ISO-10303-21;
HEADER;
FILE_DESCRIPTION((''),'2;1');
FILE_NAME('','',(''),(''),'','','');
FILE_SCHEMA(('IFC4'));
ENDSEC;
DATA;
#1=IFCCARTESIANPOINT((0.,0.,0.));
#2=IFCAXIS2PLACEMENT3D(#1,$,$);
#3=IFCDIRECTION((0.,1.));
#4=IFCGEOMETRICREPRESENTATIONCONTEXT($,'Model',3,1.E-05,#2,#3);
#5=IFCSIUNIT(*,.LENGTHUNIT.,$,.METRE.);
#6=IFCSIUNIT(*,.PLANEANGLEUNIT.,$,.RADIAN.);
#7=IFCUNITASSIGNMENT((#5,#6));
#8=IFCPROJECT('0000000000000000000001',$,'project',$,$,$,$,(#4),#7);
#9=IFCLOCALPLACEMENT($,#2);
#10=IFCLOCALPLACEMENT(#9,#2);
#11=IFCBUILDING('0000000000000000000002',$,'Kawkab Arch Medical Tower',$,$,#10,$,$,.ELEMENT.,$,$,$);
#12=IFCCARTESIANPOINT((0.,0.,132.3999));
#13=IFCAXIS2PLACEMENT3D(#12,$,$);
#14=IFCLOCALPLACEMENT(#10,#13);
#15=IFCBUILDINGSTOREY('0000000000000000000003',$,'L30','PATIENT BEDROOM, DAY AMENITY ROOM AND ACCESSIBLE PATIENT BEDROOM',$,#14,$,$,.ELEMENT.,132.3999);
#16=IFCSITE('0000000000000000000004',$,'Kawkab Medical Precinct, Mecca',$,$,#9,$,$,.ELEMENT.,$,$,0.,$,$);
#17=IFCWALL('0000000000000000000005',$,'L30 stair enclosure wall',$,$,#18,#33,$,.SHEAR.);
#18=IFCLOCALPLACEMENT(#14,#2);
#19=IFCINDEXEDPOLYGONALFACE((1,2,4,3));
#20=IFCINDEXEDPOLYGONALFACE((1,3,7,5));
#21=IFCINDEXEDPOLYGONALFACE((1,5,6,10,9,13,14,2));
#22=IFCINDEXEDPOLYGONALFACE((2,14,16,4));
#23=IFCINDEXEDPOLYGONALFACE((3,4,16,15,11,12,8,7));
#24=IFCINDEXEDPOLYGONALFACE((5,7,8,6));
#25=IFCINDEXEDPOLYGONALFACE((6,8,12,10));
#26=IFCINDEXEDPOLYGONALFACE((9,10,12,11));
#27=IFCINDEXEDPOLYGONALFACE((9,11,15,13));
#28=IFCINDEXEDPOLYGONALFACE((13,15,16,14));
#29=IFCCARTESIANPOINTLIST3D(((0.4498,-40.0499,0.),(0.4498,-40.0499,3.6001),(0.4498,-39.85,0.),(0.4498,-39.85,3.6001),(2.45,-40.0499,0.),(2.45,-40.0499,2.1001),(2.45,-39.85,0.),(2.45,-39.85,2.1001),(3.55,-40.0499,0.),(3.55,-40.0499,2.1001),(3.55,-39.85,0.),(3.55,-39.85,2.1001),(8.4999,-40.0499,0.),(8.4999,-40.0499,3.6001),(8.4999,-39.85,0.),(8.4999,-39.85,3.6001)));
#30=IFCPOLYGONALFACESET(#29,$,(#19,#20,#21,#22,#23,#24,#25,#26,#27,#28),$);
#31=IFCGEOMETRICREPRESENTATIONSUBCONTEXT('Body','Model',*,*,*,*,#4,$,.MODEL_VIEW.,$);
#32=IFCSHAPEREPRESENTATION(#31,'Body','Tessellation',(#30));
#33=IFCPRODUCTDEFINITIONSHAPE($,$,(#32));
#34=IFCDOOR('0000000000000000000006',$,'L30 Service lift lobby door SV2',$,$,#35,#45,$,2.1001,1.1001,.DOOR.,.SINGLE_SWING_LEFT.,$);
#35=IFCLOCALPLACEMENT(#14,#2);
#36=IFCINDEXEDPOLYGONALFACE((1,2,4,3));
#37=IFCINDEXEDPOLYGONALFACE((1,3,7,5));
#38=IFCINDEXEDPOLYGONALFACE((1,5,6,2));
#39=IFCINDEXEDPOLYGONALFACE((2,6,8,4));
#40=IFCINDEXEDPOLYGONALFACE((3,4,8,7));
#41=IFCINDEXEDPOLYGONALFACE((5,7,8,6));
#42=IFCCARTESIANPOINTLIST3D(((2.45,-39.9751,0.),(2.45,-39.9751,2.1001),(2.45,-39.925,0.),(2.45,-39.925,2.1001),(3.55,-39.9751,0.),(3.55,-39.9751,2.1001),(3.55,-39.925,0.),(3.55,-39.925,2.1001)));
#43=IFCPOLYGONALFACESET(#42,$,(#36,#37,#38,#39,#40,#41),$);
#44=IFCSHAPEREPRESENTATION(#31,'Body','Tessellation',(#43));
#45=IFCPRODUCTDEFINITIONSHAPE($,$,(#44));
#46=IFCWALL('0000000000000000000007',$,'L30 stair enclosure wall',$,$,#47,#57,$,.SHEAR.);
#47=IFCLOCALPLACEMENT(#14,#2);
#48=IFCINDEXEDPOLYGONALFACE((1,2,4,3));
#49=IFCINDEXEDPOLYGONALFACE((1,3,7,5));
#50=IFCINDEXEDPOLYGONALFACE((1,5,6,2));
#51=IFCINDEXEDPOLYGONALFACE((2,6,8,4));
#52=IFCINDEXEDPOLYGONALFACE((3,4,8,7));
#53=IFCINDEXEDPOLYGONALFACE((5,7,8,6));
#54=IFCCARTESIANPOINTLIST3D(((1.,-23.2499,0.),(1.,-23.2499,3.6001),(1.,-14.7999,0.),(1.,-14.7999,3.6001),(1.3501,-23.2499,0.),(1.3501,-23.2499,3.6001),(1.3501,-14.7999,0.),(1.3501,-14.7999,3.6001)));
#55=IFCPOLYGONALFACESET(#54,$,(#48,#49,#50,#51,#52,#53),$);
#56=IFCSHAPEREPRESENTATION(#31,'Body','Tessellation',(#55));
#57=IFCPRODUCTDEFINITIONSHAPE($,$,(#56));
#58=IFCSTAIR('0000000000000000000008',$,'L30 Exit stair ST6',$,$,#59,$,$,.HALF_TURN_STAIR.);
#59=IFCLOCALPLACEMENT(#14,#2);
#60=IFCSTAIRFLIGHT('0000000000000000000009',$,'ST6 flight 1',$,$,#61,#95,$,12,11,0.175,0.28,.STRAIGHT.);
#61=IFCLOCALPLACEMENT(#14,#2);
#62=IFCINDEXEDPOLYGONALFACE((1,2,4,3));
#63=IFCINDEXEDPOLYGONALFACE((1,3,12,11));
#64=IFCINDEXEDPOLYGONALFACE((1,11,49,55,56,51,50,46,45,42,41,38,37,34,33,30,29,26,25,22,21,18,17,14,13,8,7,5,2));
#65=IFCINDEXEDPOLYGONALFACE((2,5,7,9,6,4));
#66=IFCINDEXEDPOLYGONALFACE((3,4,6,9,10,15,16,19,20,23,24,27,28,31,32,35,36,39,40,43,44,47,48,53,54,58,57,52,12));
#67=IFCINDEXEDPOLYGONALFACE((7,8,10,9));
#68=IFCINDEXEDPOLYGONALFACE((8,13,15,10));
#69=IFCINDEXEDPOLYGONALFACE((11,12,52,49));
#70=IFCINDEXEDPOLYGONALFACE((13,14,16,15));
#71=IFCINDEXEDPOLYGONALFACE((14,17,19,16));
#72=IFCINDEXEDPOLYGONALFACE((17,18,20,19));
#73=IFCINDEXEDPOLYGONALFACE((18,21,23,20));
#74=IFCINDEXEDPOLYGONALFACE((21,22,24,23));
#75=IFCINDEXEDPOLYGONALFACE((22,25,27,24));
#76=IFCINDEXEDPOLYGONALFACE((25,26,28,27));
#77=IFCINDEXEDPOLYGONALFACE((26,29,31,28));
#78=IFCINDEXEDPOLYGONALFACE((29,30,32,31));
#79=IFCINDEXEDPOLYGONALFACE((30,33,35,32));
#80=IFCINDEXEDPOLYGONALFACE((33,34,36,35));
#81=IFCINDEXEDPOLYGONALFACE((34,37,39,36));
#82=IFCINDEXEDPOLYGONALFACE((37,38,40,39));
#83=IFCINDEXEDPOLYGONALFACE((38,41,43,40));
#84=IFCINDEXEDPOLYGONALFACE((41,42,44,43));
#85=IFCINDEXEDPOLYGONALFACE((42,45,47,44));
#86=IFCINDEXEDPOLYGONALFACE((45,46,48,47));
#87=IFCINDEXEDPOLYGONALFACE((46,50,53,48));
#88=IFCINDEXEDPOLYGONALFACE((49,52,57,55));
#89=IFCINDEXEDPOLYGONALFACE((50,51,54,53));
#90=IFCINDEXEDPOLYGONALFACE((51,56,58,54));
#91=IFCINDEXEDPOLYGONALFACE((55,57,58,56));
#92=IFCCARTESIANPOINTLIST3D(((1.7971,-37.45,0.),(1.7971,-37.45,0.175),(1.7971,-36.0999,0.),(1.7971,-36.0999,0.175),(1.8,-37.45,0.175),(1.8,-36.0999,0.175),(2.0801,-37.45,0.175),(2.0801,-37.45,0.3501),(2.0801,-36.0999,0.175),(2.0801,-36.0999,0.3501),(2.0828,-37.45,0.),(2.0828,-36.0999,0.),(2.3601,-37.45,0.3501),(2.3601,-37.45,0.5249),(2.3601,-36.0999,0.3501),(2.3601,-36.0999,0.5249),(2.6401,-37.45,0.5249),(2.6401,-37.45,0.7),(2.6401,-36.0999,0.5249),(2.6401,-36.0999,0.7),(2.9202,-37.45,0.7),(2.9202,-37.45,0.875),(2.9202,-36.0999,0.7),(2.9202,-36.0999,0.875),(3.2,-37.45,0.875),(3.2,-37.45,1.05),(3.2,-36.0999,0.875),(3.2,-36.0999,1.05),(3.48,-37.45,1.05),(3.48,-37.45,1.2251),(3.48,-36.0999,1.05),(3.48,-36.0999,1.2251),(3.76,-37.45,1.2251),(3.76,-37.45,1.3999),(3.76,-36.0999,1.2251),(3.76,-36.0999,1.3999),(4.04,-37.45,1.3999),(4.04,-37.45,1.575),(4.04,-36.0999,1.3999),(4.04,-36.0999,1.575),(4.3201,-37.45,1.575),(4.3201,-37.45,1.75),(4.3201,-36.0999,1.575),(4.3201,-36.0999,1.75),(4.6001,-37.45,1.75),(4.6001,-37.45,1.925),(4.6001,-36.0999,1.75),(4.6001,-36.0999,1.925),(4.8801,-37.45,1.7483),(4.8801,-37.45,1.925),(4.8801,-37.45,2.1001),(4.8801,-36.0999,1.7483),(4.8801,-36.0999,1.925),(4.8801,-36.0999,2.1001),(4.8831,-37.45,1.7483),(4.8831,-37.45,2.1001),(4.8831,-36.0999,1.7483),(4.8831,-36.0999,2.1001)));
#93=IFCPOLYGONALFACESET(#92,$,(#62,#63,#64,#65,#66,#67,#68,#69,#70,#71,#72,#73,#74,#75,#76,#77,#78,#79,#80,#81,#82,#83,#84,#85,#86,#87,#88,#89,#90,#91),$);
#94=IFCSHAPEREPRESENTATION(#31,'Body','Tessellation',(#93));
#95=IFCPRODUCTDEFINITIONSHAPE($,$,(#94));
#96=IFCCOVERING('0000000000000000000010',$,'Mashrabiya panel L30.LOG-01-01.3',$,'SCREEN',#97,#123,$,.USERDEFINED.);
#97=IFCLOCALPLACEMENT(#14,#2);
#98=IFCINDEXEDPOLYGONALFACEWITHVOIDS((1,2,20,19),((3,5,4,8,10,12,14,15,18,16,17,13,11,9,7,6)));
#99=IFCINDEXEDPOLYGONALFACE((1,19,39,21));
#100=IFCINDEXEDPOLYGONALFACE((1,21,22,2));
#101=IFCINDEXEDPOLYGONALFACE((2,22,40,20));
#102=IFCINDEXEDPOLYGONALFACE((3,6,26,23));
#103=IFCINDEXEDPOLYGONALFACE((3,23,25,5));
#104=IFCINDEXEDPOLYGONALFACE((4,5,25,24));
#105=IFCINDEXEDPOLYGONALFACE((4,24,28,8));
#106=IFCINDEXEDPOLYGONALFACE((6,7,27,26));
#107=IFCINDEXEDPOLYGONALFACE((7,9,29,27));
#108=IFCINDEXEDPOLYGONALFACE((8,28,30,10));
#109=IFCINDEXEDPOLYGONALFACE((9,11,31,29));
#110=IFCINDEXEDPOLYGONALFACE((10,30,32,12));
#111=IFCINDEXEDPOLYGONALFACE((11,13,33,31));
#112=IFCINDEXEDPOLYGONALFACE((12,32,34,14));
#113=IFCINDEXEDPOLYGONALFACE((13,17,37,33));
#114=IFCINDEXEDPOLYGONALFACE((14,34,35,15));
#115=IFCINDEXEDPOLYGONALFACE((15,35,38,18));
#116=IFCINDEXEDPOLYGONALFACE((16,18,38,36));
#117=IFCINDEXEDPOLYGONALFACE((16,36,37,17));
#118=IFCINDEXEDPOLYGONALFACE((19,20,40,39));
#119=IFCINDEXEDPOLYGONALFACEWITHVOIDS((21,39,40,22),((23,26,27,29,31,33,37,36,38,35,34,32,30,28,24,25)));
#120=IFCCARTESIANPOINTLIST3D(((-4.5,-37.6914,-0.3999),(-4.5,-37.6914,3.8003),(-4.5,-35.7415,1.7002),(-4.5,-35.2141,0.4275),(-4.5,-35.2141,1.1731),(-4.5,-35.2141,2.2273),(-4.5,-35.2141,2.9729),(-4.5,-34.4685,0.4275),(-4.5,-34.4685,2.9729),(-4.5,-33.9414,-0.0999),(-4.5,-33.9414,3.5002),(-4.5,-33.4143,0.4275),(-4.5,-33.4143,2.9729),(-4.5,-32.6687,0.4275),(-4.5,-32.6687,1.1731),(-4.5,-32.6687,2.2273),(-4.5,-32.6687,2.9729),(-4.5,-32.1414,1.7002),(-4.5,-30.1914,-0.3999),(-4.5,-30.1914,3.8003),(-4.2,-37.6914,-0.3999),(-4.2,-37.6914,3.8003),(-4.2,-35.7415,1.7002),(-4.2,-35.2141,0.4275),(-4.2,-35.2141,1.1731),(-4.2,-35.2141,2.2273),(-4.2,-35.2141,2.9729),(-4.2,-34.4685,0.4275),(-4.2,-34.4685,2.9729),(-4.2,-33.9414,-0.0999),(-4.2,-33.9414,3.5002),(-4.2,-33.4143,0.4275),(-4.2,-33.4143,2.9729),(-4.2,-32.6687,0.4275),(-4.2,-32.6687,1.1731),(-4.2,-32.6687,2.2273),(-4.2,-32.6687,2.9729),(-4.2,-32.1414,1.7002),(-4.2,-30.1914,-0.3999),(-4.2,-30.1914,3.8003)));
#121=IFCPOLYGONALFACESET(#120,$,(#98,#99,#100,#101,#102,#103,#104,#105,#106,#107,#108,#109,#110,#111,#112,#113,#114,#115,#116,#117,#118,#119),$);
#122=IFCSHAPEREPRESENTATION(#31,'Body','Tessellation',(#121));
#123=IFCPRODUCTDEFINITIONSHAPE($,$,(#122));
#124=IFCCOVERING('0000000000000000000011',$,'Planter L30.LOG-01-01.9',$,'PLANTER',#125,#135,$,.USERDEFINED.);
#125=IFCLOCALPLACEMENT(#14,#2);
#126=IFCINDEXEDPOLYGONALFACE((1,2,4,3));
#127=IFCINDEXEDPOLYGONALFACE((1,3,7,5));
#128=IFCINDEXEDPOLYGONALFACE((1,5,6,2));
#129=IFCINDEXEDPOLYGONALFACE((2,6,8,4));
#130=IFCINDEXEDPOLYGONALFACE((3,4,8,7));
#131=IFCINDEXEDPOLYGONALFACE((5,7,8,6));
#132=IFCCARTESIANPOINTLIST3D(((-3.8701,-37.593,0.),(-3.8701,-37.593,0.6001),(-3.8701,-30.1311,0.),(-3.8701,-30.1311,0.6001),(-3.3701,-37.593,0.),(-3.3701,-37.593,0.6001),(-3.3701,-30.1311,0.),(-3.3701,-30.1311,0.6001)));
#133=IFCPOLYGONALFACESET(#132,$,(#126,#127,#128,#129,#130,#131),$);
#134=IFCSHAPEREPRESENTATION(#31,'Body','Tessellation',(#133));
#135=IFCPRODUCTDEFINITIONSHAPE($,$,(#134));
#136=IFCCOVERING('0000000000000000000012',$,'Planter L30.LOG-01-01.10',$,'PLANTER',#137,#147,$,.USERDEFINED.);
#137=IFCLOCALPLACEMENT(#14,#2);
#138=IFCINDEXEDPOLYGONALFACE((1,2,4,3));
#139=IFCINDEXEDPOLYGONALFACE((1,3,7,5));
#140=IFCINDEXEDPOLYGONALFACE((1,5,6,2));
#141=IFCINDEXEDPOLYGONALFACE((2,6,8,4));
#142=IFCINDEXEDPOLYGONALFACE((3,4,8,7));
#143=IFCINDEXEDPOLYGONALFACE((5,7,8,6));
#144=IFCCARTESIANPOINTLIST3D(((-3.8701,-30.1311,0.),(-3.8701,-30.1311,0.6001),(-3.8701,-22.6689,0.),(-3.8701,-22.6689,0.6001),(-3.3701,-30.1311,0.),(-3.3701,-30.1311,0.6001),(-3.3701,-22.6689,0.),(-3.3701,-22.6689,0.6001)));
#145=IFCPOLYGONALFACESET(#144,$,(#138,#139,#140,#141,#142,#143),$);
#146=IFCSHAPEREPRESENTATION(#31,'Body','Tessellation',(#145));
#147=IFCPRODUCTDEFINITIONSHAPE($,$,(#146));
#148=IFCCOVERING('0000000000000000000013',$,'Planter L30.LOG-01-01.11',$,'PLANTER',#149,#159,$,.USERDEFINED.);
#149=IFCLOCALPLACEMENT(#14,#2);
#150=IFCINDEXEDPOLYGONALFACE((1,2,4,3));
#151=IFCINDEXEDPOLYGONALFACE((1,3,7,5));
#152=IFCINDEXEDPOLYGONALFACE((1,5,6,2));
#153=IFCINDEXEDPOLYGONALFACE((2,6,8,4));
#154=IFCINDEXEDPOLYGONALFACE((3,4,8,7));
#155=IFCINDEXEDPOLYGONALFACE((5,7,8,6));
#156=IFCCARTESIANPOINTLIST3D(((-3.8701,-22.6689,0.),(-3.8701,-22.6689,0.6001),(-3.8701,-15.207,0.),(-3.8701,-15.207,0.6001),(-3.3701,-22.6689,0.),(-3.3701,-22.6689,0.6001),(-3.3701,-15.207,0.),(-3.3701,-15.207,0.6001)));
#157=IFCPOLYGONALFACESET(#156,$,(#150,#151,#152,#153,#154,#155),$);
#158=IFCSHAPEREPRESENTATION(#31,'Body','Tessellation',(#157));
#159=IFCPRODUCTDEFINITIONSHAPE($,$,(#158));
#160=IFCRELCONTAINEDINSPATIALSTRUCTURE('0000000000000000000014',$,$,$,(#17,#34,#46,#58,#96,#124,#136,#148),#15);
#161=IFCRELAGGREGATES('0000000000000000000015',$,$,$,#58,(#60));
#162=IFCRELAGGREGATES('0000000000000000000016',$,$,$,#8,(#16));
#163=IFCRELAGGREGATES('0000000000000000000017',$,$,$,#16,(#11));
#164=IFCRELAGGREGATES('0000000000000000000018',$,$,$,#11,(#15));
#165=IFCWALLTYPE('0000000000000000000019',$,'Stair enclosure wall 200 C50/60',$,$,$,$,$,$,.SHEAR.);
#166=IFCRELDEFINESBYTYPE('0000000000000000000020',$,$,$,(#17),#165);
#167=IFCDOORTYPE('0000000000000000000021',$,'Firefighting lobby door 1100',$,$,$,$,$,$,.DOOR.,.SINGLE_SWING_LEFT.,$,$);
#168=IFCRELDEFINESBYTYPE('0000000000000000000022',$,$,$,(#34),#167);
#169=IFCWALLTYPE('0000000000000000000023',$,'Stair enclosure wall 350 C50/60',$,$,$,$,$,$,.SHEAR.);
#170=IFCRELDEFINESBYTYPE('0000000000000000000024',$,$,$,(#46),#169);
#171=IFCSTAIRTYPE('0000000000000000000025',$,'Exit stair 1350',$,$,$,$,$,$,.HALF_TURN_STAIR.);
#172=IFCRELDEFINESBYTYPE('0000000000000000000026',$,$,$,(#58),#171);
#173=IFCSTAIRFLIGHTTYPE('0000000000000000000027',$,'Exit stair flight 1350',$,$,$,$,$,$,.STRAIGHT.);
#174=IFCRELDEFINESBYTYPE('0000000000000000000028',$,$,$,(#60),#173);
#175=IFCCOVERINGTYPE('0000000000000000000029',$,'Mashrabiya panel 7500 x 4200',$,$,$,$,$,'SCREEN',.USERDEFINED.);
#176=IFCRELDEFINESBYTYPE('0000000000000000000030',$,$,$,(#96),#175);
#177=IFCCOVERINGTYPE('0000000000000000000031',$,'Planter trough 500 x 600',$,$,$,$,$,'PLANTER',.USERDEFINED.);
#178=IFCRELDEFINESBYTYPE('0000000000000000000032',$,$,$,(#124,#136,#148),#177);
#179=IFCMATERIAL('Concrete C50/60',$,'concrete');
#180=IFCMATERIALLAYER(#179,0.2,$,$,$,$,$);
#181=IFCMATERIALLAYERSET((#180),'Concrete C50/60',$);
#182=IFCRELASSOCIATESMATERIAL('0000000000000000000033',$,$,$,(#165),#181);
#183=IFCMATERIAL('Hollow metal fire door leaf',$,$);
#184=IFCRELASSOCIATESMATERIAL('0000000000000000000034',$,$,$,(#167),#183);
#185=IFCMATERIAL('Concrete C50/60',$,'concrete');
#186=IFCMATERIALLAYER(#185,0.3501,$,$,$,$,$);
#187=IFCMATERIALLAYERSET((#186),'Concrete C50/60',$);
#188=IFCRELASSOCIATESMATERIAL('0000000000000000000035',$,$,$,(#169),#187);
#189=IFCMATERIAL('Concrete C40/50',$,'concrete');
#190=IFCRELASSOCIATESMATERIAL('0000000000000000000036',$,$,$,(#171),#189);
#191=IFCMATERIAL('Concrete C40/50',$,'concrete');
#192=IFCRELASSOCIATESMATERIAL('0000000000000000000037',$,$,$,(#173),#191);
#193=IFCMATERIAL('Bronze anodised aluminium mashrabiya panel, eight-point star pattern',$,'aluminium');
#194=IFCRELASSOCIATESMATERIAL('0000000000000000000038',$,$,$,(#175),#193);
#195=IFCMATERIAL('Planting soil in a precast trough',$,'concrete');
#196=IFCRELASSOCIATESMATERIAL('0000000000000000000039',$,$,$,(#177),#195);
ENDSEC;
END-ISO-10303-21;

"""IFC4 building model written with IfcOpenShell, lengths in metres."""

from ifc_helpers import new_model, si_unit, direction, frame, frame_2d, origin, origin_2d, place, context, subcontext, project, spatial, polyline, rectangle, outline, extrude, material, layer, layer_set, material_profile, profile_set, type_object, element, fill, aggregate, save


model = new_model("IFC4")

# Units and contexts
model_context = context("Model", 3, precision=1e-05, world=origin(), true_north=direction((0.0, 1.0)))
body_context = subcontext(model_context, "Body", "Model", "MODEL_VIEW")
ifc_project = project(units=[si_unit("LENGTHUNIT", "METRE"), si_unit("PLANEANGLEUNIT", "RADIAN")], contexts=[model_context])

# Site, building, storey
site_placement = place(None, origin())
site = spatial("IfcSite", under=ifc_project, at=site_placement, Name="Kawkab Medical Precinct, Mecca", CompositionType="ELEMENT", RefElevation=0.0)
building_placement = place(site_placement, origin())
building = spatial("IfcBuilding", under=site, at=building_placement, Name="Kawkab Arch Medical Tower", CompositionType="ELEMENT")
storey_placement = place(building_placement, frame((0.0, 0.0, 132.3999)))
storey = spatial("IfcBuildingStorey", under=building, at=storey_placement, Name="L30", Description="PATIENT BEDROOM, DAY AMENITY ROOM AND ACCESSIBLE PATIENT BEDROOM", CompositionType="ELEMENT", Elevation=132.3999)

# Shared definitions
placement = place(storey_placement, origin())

# Shared definitions
ifc_material_1 = material(Name="Concrete C50/60", Category="concrete")
ifc_layer_1 = layer(ifc_material_1, 0.2)
ifc_layer_set_1 = layer_set([ifc_layer_1], Name="Concrete C50/60")
wall_type_1 = type_object("IfcWallType", Name="Stair enclosure wall 200 C50/60", PredefinedType="SHEAR", material=ifc_layer_set_1)

# Wall, opening, door
wall_1_placement = place(storey_placement, frame((0.45, -39.95, 0.0), z_axis=(0.0, 0.0, 1.0), x_axis=(1.0, 0.0, 0.0)))
wall_1 = element("IfcWall", 1, at=wall_1_placement, inside=storey, type_object=wall_type_1, Name="L30 stair enclosure wall", PredefinedType="SHEAR", context=body_context, shape_type="SweptSolid", body=[
    extrude(rectangle(XDim=8.05, YDim=0.2, at=frame_2d((4.0249, 0.0))), origin(), (0.0, 0.0, 1.0), 3.6001),
])
opening_1_placement = place(wall_1_placement, frame((2.0, 0.0, 0.0)))
opening_1 = element("IfcOpeningElement", 2, at=opening_1_placement, cuts=wall_1, PredefinedType="OPENING", context=body_context, shape_type="SweptSolid", body=[
    extrude(rectangle(XDim=1.1001, YDim=2.1001, at=frame_2d((0.55, 1.05))), frame((0.0, 0.1099, 0.0), z_axis=(0.0, -1.0, 0.0), x_axis=(1.0, 0.0, 0.0)), (0.0, 0.0, 1.0), 0.22),
])
ifc_material_2 = material(Name="Hollow metal fire door leaf")
door_type_1 = type_object("IfcDoorType", Name="Firefighting lobby door 1100", OperationType="SINGLE_SWING_LEFT", PredefinedType="DOOR", material=ifc_material_2)
door_1_placement = place(opening_1_placement, origin())
door_1 = element("IfcDoor", 3, at=door_1_placement, inside=storey, type_object=door_type_1, Name="L30 Service lift lobby door SV2", OperationType="SINGLE_SWING_LEFT", OverallHeight=2.1001, OverallWidth=1.1001, PredefinedType="DOOR", context=body_context, shape_type="SweptSolid", body=[
    extrude(rectangle(XDim=1.1001, YDim=2.1001, at=frame_2d((0.55, 1.05))), frame((0.0, 0.0249, 0.0), z_axis=(0.0, -1.0, 0.0), x_axis=(1.0, 0.0, 0.0)), (0.0, 0.0, 1.0), 0.05),
])
fill(opening_1, door_1)

# Wall
ifc_material_3 = material(Name="Concrete C50/60", Category="concrete")
ifc_layer_2 = layer(ifc_material_3, 0.3501)
ifc_layer_set_2 = layer_set([ifc_layer_2], Name="Concrete C50/60")
wall_type_2 = type_object("IfcWallType", Name="Stair enclosure wall 350 C50/60", PredefinedType="SHEAR", material=ifc_layer_set_2)
wall_2_placement = place(storey_placement, frame((1.175, -23.25, 0.0), z_axis=(0.0, 0.0, 1.0), x_axis=(0.0, 1.0, 0.0)))
element("IfcWall", 4, at=wall_2_placement, inside=storey, type_object=wall_type_2, Name="L30 stair enclosure wall", PredefinedType="SHEAR", context=body_context, shape_type="SweptSolid", body=[
    extrude(rectangle(XDim=8.45, YDim=0.3501, at=frame_2d((4.2251, 0.0))), origin(), (0.0, 0.0, 1.0), 3.6001),
])

# Stair, stair flight
ifc_material_4 = material(Name="Concrete C40/50", Category="concrete")
stair_type = type_object("IfcStairType", Name="Exit stair 1350", PredefinedType="HALF_TURN_STAIR", material=ifc_material_4)
stair = element("IfcStair", 5, at=placement, inside=storey, type_object=stair_type, Name="L30 Exit stair ST6", PredefinedType="HALF_TURN_STAIR")
ifc_material_5 = material(Name="Concrete C40/50", Category="concrete")
stair_flight_type = type_object("IfcStairFlightType", Name="Exit stair flight 1350", PredefinedType="STRAIGHT", material=ifc_material_5)
stair_flight_placement = place(storey_placement, frame((1.8, -36.7749, 0.0), z_axis=(0.0, 0.0, 1.0), x_axis=(1.0, 0.0, 0.0)))
stair_flight = element("IfcStairFlight", 6, at=stair_flight_placement, type_object=stair_flight_type, Name="ST6 flight 1", NumberOfRisers=12, NumberOfTreads=11, PredefinedType="STRAIGHT", RiserHeight=0.175, TreadLength=0.28, context=body_context, shape_type="SweptSolid", body=[
    extrude(outline(polyline([(-0.0029, 0.0), (-0.0029, 0.175), (0.0, 0.175), (0.28, 0.175), (0.28, 0.3501), (0.5601, 0.3501), (0.5601, 0.5249), (0.8401, 0.5249), (0.8401, 0.7), (1.1201, 0.7), (1.1201, 0.875), (1.3999, 0.875), (1.3999, 1.05), (1.6799, 1.05), (1.6799, 1.2251), (1.96, 1.2251), (1.96, 1.3999), (2.24, 1.3999), (2.24, 1.575), (2.52, 1.575), (2.52, 1.75), (2.8, 1.75), (2.8, 1.925), (3.0801, 1.925), (3.0801, 2.1001), (3.083, 2.1001), (3.083, 1.7483), (3.0801, 1.7483), (0.2827, 0.0), (-0.0029, 0.0)])), frame((0.0, 0.675, 0.0), z_axis=(0.0, -1.0, 0.0), x_axis=(1.0, 0.0, 0.0)), (0.0, 0.0, 1.0), 1.3501),
])
aggregate(stair, [stair_flight])

# Coverings
ifc_material_6 = material(Name="Bronze anodised aluminium mashrabiya panel, eight-point star pattern", Category="aluminium")
ifc_material_profile_1 = material_profile(ifc_material_6, outline(polyline([(-3.75, -2.1001), (3.75, -2.1001), (3.75, 2.1001), (-3.75, 2.1001), (-3.75, -2.1001)]), holes=[polyline([(1.8, 0.0), (1.2727, 0.5271), (1.2727, 1.2727), (0.5271, 1.2727), (0.0, 1.8), (-0.5271, 1.2727), (-1.2727, 1.2727), (-1.2727, 0.5271), (-1.8, 0.0), (-1.2727, -0.5271), (-1.2727, -1.2727), (-0.5271, -1.2727), (0.0, -1.8), (0.5271, -1.2727), (1.2727, -1.2727), (1.2727, -0.5271), (1.8, 0.0)])]), Name="Mashrabiya panel 7500x4200")
ifc_profile_set_1 = profile_set([ifc_material_profile_1], Name="Bronze anodised aluminium mashrabiya panel, eight-point star pattern")
covering_type_1 = type_object("IfcCoveringType", Name="Mashrabiya panel 7500 x 4200", ElementType="SCREEN", PredefinedType="USERDEFINED", material=ifc_profile_set_1)
covering_1_placement = place(storey_placement, frame((-4.2, -33.9414, 1.7002), z_axis=(-1.0, 0.0, 0.0), x_axis=(0.0, -1.0, 0.0)))
element("IfcCovering", 7, at=covering_1_placement, inside=storey, type_object=covering_type_1, Name="Mashrabiya panel L30.LOG-01-01.3", ObjectType="SCREEN", PredefinedType="USERDEFINED", context=body_context, shape_type="SweptSolid", body=[
    extrude(outline(polyline([(-3.75, -2.1001), (3.75, -2.1001), (3.75, 2.1001), (-3.75, 2.1001), (-3.75, -2.1001)]), holes=[polyline([(1.8, 0.0), (1.2727, 0.5271), (1.2727, 1.2727), (0.5271, 1.2727), (0.0, 1.8), (-0.5271, 1.2727), (-1.2727, 1.2727), (-1.2727, 0.5271), (-1.8, 0.0), (-1.2727, -0.5271), (-1.2727, -1.2727), (-0.5271, -1.2727), (0.0, -1.8), (0.5271, -1.2727), (1.2727, -1.2727), (1.2727, -0.5271), (1.8, 0.0)])]), origin(), (0.0, 0.0, 1.0), 0.3),
])
ifc_material_7 = material(Name="Planting soil in a precast trough", Category="concrete")
ifc_material_profile_2 = material_profile(ifc_material_7, rectangle(XDim=0.5, YDim=0.6001, at=origin_2d()), Name="Trough 500x600")
ifc_profile_set_2 = profile_set([ifc_material_profile_2], Name="Planting soil in a precast trough")
covering_type_2 = type_object("IfcCoveringType", Name="Planter trough 500 x 600", ElementType="PLANTER", PredefinedType="USERDEFINED", material=ifc_profile_set_2)
covering_2_placement = place(storey_placement, frame((-3.6201, -37.593, 0.3), z_axis=(0.0, 1.0, 0.0), x_axis=(-1.0, 0.0, 0.0)))
element("IfcCovering", 8, at=covering_2_placement, inside=storey, type_object=covering_type_2, Name="Planter L30.LOG-01-01.9", ObjectType="PLANTER", PredefinedType="USERDEFINED", context=body_context, shape_type="SweptSolid", body=[
    extrude(rectangle(XDim=0.5, YDim=0.6001, at=origin_2d()), origin(), (0.0, 0.0, 1.0), 7.4619),
])
covering_3_placement = place(storey_placement, frame((-3.6201, -30.1311, 0.3), z_axis=(0.0, 1.0, 0.0), x_axis=(-1.0, 0.0, 0.0)))
element("IfcCovering", 9, at=covering_3_placement, inside=storey, type_object=covering_type_2, Name="Planter L30.LOG-01-01.10", ObjectType="PLANTER", PredefinedType="USERDEFINED", context=body_context, shape_type="SweptSolid", body=[
    extrude(rectangle(XDim=0.5, YDim=0.6001, at=origin_2d()), origin(), (0.0, 0.0, 1.0), 7.4622),
])
covering_4_placement = place(storey_placement, frame((-3.6201, -22.6689, 0.3), z_axis=(0.0, 1.0, 0.0), x_axis=(-1.0, 0.0, 0.0)))
element("IfcCovering", 10, at=covering_4_placement, inside=storey, type_object=covering_type_2, Name="Planter L30.LOG-01-01.11", ObjectType="PLANTER", PredefinedType="USERDEFINED", context=body_context, shape_type="SweptSolid", body=[
    extrude(rectangle(XDim=0.5, YDim=0.6001, at=origin_2d()), origin(), (0.0, 0.0, 1.0), 7.4619),
])

save(model, "model.ifc")
